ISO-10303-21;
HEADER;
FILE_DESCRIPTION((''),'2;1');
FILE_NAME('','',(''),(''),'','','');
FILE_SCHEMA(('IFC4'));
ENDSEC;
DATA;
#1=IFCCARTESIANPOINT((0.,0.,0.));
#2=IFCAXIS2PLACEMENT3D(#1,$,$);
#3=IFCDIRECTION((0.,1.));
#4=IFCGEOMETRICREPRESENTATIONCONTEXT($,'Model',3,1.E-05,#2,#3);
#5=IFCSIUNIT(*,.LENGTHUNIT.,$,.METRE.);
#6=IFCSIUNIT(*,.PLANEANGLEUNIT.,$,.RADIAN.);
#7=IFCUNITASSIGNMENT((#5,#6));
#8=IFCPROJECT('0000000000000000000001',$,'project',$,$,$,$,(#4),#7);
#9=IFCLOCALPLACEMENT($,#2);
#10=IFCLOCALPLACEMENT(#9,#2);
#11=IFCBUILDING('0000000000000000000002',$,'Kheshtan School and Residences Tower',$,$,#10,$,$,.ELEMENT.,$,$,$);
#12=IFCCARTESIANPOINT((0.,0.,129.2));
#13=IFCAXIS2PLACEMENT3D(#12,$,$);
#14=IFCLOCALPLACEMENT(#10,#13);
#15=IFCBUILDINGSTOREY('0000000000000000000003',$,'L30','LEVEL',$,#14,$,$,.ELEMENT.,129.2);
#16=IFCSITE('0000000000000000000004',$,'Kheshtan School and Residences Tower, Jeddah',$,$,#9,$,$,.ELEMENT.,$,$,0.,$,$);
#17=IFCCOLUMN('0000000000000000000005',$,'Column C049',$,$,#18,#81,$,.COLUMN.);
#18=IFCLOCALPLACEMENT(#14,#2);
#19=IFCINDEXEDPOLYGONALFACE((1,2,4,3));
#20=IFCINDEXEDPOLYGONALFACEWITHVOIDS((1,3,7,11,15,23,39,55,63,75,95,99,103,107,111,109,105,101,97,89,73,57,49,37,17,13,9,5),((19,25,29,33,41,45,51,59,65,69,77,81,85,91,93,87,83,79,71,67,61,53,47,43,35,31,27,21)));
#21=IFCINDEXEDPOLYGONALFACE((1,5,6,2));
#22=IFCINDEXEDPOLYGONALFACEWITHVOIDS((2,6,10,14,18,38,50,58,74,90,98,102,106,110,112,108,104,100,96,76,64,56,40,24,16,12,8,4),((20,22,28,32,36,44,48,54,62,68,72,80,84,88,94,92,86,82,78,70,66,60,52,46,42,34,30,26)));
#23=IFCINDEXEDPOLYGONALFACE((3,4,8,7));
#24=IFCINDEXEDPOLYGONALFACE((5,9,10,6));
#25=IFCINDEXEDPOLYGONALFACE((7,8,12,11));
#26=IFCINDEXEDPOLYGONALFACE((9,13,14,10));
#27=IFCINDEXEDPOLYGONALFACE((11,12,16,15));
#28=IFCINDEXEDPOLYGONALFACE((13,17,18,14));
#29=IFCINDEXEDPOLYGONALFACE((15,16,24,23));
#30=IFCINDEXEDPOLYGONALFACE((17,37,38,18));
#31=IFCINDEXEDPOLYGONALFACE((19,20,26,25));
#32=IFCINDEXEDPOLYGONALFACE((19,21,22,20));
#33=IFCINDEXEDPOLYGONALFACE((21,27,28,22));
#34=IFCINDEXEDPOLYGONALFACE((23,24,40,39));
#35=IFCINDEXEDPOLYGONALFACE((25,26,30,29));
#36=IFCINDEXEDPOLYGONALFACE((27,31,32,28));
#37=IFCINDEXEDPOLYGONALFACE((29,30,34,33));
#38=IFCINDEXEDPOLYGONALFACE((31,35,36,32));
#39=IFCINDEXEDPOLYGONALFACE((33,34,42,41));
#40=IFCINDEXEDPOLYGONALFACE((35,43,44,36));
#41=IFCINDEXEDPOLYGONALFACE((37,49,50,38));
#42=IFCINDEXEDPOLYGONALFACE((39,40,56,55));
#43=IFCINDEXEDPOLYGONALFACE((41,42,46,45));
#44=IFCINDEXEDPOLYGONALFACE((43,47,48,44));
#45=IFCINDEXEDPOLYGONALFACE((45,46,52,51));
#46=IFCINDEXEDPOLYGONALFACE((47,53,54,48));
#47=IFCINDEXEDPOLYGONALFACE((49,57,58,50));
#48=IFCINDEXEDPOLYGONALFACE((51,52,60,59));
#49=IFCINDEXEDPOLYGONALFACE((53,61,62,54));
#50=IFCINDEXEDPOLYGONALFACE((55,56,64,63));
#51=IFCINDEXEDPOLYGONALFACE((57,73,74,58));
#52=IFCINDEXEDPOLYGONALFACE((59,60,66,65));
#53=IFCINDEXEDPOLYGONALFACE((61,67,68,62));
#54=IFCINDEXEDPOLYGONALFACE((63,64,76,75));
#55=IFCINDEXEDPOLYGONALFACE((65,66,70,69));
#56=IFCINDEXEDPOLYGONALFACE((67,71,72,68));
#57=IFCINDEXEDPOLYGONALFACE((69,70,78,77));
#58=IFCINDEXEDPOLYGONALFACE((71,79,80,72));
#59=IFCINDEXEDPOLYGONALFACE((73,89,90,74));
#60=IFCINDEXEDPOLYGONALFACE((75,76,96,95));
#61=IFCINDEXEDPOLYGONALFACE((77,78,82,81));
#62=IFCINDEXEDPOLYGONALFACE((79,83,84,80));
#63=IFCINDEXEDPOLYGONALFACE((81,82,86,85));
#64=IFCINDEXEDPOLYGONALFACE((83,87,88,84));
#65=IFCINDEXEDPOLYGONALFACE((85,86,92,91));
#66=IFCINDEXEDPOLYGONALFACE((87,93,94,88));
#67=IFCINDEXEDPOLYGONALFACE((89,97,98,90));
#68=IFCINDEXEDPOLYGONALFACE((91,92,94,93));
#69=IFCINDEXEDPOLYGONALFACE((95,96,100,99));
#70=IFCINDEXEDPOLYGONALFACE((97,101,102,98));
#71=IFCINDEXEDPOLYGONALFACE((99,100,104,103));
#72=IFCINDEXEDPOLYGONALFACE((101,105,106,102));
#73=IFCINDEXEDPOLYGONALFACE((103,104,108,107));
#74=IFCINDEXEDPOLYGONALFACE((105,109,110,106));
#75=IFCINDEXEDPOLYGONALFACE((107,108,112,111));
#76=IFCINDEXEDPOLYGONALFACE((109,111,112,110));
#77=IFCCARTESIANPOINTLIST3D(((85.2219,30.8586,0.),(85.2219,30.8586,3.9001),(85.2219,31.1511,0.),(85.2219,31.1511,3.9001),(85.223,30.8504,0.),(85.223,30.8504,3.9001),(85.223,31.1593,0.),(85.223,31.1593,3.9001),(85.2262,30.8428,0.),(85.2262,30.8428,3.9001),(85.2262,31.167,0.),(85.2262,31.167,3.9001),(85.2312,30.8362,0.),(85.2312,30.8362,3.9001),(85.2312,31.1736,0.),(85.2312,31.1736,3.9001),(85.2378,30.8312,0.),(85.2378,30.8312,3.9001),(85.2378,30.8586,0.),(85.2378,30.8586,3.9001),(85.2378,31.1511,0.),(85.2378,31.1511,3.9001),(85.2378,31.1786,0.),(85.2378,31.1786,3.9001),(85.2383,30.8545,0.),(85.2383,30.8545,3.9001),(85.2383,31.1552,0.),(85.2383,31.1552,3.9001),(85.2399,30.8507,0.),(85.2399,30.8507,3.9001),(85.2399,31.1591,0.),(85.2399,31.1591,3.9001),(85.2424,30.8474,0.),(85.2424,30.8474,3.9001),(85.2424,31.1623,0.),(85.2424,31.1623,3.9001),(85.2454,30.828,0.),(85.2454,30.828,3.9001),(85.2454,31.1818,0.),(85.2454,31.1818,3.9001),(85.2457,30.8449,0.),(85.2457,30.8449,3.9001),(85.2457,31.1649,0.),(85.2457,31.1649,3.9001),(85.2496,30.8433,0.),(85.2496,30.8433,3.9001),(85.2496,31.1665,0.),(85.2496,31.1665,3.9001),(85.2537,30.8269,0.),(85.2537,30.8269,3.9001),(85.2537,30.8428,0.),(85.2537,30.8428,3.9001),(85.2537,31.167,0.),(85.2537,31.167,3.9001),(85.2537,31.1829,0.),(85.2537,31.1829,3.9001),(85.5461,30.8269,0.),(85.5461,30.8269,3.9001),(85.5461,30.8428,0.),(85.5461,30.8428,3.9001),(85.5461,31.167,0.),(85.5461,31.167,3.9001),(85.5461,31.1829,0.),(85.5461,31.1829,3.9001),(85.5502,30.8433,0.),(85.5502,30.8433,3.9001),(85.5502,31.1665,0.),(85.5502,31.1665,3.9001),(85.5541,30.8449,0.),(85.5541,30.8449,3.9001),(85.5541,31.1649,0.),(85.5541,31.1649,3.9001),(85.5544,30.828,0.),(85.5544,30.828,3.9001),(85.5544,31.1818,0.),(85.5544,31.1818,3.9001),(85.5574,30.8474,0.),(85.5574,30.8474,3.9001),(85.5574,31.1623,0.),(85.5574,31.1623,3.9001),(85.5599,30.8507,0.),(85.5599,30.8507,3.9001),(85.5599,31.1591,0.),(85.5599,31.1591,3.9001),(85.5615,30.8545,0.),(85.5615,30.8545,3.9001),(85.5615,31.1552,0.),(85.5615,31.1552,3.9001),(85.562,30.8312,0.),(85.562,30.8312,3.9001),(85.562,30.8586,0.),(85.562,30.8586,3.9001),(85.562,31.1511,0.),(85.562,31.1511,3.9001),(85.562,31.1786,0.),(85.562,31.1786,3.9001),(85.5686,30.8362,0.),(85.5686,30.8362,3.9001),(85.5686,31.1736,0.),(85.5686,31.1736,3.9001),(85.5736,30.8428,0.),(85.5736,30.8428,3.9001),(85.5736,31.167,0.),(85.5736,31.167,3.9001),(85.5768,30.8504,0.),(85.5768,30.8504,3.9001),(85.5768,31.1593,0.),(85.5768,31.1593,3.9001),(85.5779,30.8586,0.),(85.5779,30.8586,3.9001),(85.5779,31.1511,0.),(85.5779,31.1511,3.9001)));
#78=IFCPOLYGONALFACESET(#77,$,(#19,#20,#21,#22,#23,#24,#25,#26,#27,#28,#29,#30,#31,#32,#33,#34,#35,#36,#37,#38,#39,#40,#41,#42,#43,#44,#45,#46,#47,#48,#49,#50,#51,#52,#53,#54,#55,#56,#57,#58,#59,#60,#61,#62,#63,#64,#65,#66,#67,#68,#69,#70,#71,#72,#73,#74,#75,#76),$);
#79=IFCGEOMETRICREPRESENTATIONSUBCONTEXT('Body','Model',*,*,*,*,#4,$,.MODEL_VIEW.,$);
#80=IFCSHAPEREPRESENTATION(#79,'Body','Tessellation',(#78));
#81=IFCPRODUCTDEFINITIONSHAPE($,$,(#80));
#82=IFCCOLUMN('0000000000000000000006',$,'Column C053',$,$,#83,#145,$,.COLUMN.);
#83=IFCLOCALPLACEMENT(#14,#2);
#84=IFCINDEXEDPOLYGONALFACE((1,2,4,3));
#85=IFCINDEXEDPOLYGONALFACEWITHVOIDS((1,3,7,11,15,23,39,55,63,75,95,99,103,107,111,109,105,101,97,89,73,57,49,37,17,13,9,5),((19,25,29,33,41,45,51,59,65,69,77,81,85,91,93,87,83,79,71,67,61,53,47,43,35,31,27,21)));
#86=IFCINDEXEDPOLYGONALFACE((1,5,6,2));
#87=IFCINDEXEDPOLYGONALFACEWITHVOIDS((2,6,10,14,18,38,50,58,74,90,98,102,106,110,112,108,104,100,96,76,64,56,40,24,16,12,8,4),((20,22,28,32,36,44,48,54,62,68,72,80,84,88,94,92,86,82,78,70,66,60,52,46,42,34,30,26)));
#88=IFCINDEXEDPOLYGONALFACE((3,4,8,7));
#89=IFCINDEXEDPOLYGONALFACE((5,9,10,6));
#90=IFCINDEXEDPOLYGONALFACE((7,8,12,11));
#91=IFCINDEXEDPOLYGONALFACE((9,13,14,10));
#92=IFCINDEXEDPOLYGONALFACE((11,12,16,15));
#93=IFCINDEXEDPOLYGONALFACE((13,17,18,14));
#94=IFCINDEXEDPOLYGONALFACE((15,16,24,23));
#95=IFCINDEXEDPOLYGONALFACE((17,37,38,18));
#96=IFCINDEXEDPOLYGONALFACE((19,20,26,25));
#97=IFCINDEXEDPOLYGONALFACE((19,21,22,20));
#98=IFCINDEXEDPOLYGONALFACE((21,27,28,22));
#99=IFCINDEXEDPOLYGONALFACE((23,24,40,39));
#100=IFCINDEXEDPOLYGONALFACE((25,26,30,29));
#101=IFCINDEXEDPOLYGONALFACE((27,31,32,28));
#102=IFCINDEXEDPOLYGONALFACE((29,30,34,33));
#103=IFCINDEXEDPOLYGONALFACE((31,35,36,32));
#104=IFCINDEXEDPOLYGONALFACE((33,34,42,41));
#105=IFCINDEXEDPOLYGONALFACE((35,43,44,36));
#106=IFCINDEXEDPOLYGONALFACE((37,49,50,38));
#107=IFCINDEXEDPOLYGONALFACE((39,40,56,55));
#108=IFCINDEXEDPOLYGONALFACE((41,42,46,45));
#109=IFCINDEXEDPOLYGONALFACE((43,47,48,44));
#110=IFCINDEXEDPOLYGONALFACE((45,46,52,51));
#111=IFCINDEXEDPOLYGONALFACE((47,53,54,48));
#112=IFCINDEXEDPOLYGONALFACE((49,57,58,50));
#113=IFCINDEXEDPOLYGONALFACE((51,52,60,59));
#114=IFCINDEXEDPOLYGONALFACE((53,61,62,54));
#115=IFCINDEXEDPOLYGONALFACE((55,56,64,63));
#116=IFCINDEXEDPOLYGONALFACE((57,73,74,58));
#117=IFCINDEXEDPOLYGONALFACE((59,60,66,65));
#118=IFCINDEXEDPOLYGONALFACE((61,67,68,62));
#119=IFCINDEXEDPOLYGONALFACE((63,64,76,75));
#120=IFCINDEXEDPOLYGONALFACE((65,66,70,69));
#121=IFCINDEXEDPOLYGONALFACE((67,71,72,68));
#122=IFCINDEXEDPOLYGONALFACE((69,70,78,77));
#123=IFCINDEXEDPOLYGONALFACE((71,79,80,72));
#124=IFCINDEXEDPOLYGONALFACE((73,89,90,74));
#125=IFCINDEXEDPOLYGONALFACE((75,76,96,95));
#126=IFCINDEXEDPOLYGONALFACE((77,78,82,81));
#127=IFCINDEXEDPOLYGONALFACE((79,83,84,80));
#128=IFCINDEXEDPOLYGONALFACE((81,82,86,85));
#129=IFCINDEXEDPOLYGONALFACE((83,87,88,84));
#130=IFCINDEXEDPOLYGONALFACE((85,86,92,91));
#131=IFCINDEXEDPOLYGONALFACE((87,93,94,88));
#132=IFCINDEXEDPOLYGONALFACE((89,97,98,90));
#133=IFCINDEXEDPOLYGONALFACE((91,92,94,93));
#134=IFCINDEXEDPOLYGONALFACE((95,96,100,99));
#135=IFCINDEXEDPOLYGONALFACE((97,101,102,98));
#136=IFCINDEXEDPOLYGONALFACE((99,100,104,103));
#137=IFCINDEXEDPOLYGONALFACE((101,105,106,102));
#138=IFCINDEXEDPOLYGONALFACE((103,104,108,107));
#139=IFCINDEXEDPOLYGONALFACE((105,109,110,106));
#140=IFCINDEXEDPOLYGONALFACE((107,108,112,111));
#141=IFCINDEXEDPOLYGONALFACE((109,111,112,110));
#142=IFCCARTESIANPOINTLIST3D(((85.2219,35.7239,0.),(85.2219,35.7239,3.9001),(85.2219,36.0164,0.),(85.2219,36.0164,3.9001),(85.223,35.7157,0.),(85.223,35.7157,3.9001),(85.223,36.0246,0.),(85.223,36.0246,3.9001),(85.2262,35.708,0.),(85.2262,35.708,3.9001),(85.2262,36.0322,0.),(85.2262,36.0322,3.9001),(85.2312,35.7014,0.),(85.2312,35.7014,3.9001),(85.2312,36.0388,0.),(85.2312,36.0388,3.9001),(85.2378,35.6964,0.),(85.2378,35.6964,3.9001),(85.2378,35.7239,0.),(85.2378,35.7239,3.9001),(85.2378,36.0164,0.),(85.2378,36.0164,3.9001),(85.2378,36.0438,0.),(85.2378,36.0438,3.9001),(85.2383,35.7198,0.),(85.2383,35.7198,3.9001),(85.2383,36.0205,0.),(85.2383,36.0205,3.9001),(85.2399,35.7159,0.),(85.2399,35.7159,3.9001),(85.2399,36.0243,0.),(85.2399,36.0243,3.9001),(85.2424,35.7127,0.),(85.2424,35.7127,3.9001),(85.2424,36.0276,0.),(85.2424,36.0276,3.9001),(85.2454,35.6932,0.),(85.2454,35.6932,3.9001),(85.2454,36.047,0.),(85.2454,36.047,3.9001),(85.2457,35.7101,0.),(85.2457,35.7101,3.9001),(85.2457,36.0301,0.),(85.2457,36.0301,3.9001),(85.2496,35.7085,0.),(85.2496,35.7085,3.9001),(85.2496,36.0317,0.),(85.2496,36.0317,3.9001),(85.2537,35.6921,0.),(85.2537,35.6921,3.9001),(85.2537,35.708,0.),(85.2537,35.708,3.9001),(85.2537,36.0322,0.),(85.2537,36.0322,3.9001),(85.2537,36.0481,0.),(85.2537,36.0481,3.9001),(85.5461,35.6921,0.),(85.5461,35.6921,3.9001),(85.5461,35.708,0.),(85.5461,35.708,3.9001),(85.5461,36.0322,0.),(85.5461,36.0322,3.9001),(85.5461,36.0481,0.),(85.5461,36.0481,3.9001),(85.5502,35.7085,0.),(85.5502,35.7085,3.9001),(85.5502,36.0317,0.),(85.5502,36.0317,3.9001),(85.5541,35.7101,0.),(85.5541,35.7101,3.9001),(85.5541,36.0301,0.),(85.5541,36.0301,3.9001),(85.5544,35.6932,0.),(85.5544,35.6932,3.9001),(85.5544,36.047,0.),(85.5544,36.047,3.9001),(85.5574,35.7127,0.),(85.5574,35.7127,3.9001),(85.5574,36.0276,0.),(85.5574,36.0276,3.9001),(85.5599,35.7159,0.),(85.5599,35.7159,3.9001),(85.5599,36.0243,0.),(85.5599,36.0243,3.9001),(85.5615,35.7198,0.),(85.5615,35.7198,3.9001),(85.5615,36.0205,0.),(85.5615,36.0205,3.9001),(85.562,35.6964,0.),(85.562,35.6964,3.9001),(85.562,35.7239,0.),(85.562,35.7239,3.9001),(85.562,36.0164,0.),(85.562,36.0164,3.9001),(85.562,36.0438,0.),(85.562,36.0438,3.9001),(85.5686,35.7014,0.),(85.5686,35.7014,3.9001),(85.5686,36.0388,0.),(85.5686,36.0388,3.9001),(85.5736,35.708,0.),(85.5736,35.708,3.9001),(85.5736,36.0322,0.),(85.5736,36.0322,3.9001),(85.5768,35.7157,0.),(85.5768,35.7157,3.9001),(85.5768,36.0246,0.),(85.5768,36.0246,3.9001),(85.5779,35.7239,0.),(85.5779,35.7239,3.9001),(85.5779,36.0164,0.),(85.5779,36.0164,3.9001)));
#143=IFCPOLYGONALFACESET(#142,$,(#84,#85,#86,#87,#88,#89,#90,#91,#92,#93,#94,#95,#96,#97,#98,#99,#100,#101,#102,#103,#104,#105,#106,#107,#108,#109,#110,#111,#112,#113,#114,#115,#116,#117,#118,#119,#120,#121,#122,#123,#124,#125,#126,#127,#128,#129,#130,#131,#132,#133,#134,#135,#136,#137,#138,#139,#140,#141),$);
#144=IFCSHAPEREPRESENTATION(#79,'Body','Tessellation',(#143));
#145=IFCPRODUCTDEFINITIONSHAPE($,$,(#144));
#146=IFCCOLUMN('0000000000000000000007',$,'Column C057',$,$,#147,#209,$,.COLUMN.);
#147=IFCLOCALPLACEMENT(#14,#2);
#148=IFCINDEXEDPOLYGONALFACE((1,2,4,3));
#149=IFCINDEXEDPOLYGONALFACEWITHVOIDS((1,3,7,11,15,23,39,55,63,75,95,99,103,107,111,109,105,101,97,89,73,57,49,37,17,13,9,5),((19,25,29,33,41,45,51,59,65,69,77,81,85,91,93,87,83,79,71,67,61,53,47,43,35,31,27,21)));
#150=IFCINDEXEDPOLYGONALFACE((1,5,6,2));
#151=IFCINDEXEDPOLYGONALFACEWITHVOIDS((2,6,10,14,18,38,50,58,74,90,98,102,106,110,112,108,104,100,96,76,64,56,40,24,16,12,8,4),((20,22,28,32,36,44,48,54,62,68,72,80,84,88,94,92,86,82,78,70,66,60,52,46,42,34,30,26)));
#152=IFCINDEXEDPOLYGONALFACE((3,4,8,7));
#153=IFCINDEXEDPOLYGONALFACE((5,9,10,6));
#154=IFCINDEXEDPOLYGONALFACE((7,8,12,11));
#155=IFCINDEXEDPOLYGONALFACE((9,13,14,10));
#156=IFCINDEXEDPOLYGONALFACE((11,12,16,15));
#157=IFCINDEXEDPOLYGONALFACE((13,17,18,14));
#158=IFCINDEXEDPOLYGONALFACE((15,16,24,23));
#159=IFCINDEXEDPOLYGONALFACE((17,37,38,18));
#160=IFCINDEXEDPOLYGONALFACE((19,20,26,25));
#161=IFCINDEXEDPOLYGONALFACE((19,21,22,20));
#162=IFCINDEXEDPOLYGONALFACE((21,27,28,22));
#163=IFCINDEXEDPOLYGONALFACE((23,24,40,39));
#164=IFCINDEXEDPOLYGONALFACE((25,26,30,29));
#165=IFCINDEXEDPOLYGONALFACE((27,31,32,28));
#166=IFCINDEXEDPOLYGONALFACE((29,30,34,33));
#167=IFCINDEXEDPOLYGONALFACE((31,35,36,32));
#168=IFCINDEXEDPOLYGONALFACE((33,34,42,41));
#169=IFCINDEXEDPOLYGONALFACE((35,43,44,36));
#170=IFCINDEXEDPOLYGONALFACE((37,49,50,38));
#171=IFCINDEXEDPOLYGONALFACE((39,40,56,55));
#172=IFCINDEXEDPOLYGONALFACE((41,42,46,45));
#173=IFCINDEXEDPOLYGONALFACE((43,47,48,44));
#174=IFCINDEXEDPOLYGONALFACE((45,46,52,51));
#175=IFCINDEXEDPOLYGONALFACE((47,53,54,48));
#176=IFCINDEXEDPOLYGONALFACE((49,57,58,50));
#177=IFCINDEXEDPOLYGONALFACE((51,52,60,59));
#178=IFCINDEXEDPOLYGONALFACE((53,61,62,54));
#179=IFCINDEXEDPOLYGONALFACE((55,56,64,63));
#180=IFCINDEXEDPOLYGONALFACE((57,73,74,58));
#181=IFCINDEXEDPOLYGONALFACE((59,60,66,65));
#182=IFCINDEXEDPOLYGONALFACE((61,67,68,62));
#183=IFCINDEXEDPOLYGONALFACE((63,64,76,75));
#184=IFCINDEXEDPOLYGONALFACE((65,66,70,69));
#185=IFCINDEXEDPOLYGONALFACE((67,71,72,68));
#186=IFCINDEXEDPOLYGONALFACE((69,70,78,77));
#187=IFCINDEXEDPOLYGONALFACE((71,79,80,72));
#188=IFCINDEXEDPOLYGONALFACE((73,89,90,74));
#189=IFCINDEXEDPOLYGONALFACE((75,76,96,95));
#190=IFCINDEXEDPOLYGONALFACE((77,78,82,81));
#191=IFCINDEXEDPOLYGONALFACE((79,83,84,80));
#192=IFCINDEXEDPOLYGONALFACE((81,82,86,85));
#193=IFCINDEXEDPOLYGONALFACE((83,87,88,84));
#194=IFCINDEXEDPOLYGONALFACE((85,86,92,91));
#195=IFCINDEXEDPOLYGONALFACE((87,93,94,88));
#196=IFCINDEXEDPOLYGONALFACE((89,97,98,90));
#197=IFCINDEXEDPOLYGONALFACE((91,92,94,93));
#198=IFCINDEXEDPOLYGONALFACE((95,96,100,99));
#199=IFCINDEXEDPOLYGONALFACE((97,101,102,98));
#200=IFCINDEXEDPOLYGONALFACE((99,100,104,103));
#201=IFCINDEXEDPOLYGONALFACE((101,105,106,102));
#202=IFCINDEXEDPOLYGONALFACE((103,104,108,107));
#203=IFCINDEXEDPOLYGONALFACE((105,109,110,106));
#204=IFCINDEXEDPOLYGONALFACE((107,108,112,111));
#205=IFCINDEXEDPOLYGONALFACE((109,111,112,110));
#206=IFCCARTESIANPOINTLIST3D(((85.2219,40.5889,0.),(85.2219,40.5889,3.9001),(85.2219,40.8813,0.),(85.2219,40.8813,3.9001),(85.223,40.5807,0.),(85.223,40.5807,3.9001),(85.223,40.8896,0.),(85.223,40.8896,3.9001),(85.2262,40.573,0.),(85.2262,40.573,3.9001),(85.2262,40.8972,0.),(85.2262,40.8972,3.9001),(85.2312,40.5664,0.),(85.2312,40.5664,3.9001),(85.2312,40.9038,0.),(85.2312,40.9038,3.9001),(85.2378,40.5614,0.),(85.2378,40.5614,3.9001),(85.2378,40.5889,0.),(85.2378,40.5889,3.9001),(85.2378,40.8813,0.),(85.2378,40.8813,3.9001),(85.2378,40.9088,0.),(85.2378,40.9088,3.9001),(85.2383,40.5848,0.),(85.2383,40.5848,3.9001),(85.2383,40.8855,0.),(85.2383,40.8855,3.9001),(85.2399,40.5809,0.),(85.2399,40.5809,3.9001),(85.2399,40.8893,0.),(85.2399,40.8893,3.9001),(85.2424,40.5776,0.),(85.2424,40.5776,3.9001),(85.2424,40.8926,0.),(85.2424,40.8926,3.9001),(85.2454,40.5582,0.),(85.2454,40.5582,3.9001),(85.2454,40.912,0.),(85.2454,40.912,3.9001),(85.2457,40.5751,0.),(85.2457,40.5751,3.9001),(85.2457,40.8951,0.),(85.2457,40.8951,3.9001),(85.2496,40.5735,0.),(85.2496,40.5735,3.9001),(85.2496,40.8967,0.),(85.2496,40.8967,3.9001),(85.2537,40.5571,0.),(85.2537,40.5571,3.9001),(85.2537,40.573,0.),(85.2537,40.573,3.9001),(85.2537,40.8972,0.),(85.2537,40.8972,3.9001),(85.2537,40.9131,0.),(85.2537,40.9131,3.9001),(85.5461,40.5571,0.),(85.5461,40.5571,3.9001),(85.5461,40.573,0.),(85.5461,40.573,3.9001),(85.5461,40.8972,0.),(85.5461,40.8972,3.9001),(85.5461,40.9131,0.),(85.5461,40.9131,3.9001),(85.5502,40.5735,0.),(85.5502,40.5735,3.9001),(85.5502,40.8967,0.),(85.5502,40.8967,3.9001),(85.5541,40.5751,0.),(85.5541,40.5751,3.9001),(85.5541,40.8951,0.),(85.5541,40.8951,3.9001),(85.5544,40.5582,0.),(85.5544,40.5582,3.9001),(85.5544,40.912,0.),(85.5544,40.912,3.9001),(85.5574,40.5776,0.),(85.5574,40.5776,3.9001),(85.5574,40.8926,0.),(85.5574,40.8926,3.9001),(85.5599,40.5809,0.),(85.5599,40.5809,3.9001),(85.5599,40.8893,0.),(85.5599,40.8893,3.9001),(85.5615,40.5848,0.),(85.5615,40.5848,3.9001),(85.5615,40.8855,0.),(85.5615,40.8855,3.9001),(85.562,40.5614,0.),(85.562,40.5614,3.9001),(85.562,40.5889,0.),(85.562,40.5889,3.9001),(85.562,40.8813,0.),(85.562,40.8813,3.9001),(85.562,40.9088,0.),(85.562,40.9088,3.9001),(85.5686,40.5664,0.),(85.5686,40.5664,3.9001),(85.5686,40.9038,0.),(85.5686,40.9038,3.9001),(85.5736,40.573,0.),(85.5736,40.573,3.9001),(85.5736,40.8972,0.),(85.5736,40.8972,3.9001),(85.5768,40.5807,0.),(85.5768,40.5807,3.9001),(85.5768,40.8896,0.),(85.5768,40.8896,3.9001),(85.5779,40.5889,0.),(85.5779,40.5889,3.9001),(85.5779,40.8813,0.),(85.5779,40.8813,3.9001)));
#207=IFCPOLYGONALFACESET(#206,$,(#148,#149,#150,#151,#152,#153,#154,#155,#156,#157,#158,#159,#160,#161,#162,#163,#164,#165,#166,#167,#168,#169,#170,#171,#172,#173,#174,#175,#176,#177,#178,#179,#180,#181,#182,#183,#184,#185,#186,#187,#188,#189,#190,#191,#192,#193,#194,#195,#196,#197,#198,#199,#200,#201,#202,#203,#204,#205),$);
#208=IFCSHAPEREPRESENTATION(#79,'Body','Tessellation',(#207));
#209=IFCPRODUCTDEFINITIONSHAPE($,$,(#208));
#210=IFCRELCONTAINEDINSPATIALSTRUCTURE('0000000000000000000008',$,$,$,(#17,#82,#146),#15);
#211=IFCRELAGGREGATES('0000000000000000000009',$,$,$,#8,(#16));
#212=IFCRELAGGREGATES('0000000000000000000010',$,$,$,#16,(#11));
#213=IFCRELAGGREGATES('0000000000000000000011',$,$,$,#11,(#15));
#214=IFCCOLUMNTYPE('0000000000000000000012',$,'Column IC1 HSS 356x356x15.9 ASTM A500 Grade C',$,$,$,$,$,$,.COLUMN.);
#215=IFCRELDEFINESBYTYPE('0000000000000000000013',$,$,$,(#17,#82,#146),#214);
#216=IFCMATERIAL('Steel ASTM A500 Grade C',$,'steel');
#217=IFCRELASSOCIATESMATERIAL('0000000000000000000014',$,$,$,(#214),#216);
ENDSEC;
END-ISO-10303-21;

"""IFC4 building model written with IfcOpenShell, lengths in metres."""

from ifc_helpers import new_model, si_unit, direction, frame, origin, origin_2d, place, context, subcontext, project, spatial, hollow_rectangle, extrude, material, material_profile, profile_set, type_object, element, save


model = new_model("IFC4")

# Units and contexts
model_context = context("Model", 3, precision=1e-05, world=origin(), true_north=direction((0.0, 1.0)))
body_context = subcontext(model_context, "Body", "Model", "MODEL_VIEW")
ifc_project = project(units=[si_unit("LENGTHUNIT", "METRE"), si_unit("PLANEANGLEUNIT", "RADIAN")], contexts=[model_context])

# Site, building, storey
site_placement = place(None, origin())
site = spatial("IfcSite", under=ifc_project, at=site_placement, Name="Kheshtan School and Residences Tower, Jeddah", CompositionType="ELEMENT", RefElevation=0.0)
building_placement = place(site_placement, origin())
building = spatial("IfcBuilding", under=site, at=building_placement, Name="Kheshtan School and Residences Tower", CompositionType="ELEMENT")
storey_placement = place(building_placement, frame((0.0, 0.0, 129.2)))
storey = spatial("IfcBuildingStorey", under=building, at=storey_placement, Name="L30", Description="LEVEL", CompositionType="ELEMENT", Elevation=129.2)

# Columns
ifc_material_1 = material(Name="Steel ASTM A500 Grade C", Category="steel")
ifc_material_profile_1 = material_profile(ifc_material_1, hollow_rectangle(XDim=0.356, YDim=0.356, WallThickness=0.0159, InnerFilletRadius=0.0159, OuterFilletRadius=0.0317, at=origin_2d()), Name="HSS 356x356x15.9")
ifc_profile_set_1 = profile_set([ifc_material_profile_1], Name="Steel ASTM A500 Grade C")
column_type = type_object("IfcColumnType", Name="Column IC1 HSS 356x356x15.9 ASTM A500 Grade C", PredefinedType="COLUMN", material=ifc_profile_set_1)
for number, where, z_axis, x_axis, name in (
    (1, (85.3999, 31.0049, 0.0), (0.0, 0.0, 1.0), (1.0, 0.0, 0.0), "Column C049"),
    (2, (85.3999, 35.8701, 0.0), (0.0, 0.0, 1.0), (1.0, 0.0, 0.0), "Column C053"),
    (3, (85.3999, 40.7351, 0.0), (0.0, 0.0, 1.0), (1.0, 0.0, 0.0), "Column C057"),
):
    element("IfcColumn", number, at=place(storey_placement, frame(where, z_axis=z_axis, x_axis=x_axis)), inside=storey, type_object=column_type, Name=name, PredefinedType="COLUMN", context=body_context, shape_type="SweptSolid", body=[
        extrude(hollow_rectangle(XDim=0.356, YDim=0.356, WallThickness=0.0159, InnerFilletRadius=0.0159, OuterFilletRadius=0.0317, at=origin_2d()), origin(), (0.0, 0.0, 1.0), 3.9001),
    ])

save(model, "model.ifc")
